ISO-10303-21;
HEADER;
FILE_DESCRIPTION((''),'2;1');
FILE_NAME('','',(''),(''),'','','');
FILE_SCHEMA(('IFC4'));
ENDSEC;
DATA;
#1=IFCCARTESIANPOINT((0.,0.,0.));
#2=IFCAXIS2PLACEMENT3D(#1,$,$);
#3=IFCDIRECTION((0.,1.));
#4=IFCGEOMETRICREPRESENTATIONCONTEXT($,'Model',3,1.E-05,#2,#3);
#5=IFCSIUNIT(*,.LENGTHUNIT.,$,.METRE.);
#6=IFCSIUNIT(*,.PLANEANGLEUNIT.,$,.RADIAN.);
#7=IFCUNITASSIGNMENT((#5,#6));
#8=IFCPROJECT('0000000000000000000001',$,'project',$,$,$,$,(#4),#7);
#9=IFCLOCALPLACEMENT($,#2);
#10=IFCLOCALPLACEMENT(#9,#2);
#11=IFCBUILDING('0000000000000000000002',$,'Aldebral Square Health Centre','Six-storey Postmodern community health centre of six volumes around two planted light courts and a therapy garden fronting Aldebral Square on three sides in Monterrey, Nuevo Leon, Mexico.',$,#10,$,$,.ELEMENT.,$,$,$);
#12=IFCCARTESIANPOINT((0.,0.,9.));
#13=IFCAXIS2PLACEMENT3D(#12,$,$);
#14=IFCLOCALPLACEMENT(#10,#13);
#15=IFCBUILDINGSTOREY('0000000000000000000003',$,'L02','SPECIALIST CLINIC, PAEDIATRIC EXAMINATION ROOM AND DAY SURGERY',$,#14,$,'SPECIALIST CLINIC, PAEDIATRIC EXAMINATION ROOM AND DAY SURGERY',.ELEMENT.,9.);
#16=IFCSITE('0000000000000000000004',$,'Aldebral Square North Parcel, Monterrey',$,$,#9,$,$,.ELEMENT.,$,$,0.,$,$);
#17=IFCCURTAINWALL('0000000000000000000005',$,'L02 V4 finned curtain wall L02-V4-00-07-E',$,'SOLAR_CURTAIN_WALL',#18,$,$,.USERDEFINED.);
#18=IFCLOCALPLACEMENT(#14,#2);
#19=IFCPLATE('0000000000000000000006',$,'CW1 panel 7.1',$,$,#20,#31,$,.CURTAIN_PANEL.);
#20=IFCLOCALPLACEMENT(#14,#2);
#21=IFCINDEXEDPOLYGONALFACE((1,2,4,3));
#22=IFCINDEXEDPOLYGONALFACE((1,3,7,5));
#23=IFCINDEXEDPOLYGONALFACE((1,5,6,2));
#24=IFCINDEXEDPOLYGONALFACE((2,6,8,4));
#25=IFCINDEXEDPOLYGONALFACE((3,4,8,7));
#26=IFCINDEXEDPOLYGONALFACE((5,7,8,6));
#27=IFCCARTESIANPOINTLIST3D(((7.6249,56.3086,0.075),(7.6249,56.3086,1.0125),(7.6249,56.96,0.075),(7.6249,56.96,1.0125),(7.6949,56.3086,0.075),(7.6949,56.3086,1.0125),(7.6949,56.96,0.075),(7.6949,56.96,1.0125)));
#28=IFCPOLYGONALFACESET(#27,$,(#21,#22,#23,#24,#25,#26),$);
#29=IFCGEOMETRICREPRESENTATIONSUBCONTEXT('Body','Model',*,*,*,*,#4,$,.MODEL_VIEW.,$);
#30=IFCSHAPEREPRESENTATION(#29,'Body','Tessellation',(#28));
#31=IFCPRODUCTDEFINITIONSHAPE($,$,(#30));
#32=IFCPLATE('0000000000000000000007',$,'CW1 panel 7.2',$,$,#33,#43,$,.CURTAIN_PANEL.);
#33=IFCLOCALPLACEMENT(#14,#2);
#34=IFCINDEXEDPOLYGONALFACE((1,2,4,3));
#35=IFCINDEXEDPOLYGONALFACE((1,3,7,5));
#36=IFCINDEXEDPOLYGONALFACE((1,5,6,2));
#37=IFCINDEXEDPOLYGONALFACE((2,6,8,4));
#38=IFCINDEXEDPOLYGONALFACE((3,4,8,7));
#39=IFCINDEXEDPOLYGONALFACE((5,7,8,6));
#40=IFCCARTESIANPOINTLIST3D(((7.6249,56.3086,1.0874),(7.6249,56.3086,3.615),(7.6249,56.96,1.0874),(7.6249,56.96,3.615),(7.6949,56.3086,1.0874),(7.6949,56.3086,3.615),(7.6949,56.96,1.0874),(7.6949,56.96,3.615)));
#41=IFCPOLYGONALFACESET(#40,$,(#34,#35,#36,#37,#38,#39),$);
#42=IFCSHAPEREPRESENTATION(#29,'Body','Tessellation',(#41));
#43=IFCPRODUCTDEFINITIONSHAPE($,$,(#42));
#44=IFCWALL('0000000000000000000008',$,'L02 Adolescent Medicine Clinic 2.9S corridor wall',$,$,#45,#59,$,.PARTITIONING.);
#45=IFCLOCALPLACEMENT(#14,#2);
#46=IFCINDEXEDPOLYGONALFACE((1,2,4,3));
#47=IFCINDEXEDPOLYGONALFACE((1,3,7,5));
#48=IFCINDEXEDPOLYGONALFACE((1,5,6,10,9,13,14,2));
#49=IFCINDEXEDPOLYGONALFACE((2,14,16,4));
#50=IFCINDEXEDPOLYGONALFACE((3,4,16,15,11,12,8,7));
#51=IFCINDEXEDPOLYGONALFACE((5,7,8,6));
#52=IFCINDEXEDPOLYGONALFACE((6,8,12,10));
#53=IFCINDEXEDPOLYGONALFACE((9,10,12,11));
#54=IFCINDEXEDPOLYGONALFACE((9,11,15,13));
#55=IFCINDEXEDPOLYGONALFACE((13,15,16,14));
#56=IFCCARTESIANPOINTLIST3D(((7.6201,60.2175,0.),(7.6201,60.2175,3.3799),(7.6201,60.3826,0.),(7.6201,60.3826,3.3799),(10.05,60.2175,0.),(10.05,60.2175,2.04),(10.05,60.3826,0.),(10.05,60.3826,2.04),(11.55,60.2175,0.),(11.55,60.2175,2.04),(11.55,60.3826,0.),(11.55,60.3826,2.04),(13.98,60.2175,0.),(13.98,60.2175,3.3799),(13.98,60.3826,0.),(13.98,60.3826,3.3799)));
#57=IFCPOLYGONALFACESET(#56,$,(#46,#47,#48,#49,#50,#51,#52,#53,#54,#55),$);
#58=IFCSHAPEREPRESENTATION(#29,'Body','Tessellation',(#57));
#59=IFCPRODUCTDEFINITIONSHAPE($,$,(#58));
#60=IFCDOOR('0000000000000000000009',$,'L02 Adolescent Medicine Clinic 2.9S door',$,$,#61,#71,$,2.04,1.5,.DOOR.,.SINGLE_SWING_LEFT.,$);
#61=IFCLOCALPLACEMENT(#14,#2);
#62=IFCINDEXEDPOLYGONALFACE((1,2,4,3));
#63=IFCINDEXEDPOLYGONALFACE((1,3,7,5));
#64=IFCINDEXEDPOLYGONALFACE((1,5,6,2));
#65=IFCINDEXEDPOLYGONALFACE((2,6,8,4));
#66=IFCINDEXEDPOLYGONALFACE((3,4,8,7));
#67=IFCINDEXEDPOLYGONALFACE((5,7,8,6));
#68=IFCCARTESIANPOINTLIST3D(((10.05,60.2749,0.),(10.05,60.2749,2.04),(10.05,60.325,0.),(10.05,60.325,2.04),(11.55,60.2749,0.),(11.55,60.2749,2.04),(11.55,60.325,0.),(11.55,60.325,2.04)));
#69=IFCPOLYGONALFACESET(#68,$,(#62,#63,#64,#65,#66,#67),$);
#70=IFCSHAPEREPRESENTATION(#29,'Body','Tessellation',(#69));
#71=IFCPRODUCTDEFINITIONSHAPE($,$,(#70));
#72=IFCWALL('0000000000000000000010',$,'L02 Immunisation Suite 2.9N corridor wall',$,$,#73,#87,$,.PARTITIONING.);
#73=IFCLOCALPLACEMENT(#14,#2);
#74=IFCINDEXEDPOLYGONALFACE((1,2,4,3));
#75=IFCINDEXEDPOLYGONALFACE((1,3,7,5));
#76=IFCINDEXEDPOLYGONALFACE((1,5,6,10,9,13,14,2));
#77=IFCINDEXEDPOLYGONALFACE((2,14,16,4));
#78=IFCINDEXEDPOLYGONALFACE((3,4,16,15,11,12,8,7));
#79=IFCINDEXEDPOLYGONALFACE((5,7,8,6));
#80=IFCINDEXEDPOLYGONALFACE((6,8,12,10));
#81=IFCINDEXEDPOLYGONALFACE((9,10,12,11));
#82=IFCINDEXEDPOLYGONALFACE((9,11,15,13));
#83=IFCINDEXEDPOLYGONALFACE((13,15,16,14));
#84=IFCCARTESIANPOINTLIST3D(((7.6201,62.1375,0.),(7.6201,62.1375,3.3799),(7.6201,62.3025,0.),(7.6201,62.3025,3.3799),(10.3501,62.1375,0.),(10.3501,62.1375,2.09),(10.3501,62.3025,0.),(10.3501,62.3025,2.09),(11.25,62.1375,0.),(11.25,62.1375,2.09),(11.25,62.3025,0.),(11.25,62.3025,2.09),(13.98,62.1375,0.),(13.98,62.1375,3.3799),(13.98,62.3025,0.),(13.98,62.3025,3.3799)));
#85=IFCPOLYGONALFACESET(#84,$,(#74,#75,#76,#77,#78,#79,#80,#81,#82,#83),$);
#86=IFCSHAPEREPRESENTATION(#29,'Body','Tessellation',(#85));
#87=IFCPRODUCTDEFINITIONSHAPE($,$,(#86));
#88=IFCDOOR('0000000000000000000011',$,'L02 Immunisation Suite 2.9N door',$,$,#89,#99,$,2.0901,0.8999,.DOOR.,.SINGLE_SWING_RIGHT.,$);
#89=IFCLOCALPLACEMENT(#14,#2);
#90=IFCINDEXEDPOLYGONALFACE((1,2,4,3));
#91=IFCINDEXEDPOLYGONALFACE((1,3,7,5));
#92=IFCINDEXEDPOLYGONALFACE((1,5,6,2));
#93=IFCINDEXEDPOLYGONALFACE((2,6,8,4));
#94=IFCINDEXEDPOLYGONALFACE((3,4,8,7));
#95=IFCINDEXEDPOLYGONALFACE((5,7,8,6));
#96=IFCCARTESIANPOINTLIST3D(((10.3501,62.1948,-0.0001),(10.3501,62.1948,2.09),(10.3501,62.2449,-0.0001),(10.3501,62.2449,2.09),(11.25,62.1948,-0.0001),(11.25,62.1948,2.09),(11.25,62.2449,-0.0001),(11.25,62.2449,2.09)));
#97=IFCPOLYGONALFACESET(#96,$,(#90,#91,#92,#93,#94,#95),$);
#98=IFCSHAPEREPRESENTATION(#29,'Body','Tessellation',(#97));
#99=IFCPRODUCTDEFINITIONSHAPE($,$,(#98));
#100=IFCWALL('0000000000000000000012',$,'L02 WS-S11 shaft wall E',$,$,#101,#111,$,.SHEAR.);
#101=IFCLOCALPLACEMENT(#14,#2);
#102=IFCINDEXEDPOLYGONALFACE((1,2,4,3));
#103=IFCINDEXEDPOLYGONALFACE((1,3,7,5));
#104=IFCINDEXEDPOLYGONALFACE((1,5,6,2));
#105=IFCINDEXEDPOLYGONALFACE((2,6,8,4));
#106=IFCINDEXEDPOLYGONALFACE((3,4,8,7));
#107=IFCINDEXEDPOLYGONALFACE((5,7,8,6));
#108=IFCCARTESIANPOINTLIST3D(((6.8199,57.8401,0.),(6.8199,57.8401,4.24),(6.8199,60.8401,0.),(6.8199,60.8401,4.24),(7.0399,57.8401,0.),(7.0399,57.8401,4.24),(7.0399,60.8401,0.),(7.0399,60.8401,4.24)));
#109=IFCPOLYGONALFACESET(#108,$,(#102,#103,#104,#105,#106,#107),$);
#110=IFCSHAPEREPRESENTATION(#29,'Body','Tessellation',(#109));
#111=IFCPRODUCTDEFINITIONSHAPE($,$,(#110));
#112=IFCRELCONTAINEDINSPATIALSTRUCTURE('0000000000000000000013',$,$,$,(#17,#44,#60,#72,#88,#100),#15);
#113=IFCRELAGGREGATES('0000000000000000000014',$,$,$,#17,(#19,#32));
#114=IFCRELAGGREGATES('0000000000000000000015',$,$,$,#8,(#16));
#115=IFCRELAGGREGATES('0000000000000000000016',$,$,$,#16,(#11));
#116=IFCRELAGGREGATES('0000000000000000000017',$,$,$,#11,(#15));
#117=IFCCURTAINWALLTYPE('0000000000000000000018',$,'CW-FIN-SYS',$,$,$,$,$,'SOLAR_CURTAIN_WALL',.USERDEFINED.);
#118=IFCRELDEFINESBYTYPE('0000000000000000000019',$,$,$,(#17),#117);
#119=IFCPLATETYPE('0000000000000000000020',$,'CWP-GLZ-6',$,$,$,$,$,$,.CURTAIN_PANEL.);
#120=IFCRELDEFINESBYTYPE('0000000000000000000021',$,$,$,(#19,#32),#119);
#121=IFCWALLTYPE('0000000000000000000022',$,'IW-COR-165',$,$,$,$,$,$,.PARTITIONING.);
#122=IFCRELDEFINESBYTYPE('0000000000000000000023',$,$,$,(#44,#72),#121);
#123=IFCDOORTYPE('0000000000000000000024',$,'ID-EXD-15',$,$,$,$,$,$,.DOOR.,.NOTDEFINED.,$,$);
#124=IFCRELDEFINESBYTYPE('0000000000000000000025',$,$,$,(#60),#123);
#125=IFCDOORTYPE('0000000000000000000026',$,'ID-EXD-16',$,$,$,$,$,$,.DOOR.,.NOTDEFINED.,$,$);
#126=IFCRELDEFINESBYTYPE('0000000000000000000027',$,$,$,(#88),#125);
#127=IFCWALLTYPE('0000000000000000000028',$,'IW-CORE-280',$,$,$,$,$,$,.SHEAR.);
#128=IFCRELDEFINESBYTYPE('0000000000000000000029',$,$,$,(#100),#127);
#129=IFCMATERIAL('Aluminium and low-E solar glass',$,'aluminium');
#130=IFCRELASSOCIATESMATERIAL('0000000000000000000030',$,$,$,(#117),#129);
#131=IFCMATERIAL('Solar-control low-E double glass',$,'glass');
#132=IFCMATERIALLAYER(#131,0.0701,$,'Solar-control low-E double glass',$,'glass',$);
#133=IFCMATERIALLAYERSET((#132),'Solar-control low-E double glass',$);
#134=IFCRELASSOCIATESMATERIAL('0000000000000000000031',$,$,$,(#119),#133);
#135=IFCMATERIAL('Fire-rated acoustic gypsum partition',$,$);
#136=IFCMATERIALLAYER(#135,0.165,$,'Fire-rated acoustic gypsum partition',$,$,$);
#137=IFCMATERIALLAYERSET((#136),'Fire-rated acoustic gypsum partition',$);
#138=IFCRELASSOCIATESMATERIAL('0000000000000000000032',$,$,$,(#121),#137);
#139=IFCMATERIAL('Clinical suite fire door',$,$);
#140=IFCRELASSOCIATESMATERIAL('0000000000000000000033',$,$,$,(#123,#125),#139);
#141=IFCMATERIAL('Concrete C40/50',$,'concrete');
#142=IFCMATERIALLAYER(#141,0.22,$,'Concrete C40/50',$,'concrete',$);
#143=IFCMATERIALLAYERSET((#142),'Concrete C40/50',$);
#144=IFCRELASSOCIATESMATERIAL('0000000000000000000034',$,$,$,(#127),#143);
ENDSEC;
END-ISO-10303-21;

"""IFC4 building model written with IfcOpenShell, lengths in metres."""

from ifc_helpers import new_model, si_unit, direction, frame, frame_2d, origin, origin_2d, place, context, subcontext, project, spatial, rectangle, extrude, material, layer, layer_set, type_object, element, fill, aggregate, save


model = new_model("IFC4")

# Units and contexts
model_context = context("Model", 3, precision=1e-05, world=origin(), true_north=direction((0.0, 1.0)))
body_context = subcontext(model_context, "Body", "Model", "MODEL_VIEW")
ifc_project = project(units=[si_unit("LENGTHUNIT", "METRE"), si_unit("PLANEANGLEUNIT", "RADIAN")], contexts=[model_context])

# Site, building, storey
site_placement = place(None, origin())
site = spatial("IfcSite", under=ifc_project, at=site_placement, Name="Aldebral Square North Parcel, Monterrey", CompositionType="ELEMENT", RefElevation=0.0)
building_placement = place(site_placement, origin())
building = spatial("IfcBuilding", under=site, at=building_placement, Name="Aldebral Square Health Centre", Description="Six-storey Postmodern community health centre of six volumes around two planted light courts and a therapy garden fronting Aldebral Square on three sides in Monterrey, Nuevo Leon, Mexico.", CompositionType="ELEMENT")
storey_placement = place(building_placement, frame((0.0, 0.0, 9.0)))
storey = spatial("IfcBuildingStorey", under=building, at=storey_placement, Name="L02", Description="SPECIALIST CLINIC, PAEDIATRIC EXAMINATION ROOM AND DAY SURGERY", LongName="SPECIALIST CLINIC, PAEDIATRIC EXAMINATION ROOM AND DAY SURGERY", CompositionType="ELEMENT", Elevation=9.0)

# Shared definitions
ifc_material_1 = material(Name="Concrete C40/50", Category="concrete")

# Curtain wall
ifc_material_2 = material(Name="Aluminium and low-E solar glass", Category="aluminium")
curtain_wall_type = type_object("IfcCurtainWallType", Name="CW-FIN-SYS", ElementType="SOLAR_CURTAIN_WALL", PredefinedType="USERDEFINED", material=ifc_material_2)
curtain_wall_1_placement = place(storey_placement, origin())
curtain_wall_1 = element("IfcCurtainWall", 1, at=curtain_wall_1_placement, inside=storey, type_object=curtain_wall_type, Name="L02 V4 finned curtain wall L02-V4-00-07-E", ObjectType="SOLAR_CURTAIN_WALL", PredefinedType="USERDEFINED")

# Plates
ifc_material_3 = material(Name="Solar-control low-E double glass", Category="glass")
ifc_layer_1 = layer(ifc_material_3, 0.0701, Name="Solar-control low-E double glass", Category="glass")
ifc_layer_set_1 = layer_set([ifc_layer_1], Name="Solar-control low-E double glass")
plate_type = type_object("IfcPlateType", Name="CWP-GLZ-6", PredefinedType="CURTAIN_PANEL", material=ifc_layer_set_1)
plate_1_placement = place(storey_placement, frame((7.6599, 56.6343, 0.075), z_axis=(0.0, 0.0, 1.0), x_axis=(0.0, 1.0, 0.0)))
plate_1 = element("IfcPlate", 2, at=plate_1_placement, type_object=plate_type, Name="CW1 panel 7.1", PredefinedType="CURTAIN_PANEL", context=body_context, shape_type="SweptSolid", body=[
    extrude(rectangle(XDim=0.6514, YDim=0.0701, at=origin_2d()), origin(), (0.0, 0.0, 1.0), 0.9375),
])
plate_2_placement = place(storey_placement, frame((7.6599, 56.6343, 1.0874), z_axis=(0.0, 0.0, 1.0), x_axis=(0.0, 1.0, 0.0)))
plate_2 = element("IfcPlate", 3, at=plate_2_placement, type_object=plate_type, Name="CW1 panel 7.2", PredefinedType="CURTAIN_PANEL", context=body_context, shape_type="SweptSolid", body=[
    extrude(rectangle(XDim=0.6514, YDim=0.0701, at=origin_2d()), origin(), (0.0, 0.0, 1.0), 2.5276),
])
aggregate(curtain_wall_1, [plate_1, plate_2])

# Walls, openings, doors
ifc_material_4 = material(Name="Fire-rated acoustic gypsum partition")
ifc_layer_2 = layer(ifc_material_4, 0.165, Name="Fire-rated acoustic gypsum partition")
ifc_layer_set_2 = layer_set([ifc_layer_2], Name="Fire-rated acoustic gypsum partition")
wall_type_1 = type_object("IfcWallType", Name="IW-COR-165", PredefinedType="PARTITIONING", material=ifc_layer_set_2)
wall_1_placement = place(storey_placement, frame((7.6201, 60.3, 0.0), z_axis=(0.0, 0.0, 1.0), x_axis=(1.0, 0.0, 0.0)))
wall_1 = element("IfcWall", 4, at=wall_1_placement, inside=storey, type_object=wall_type_1, Name="L02 Adolescent Medicine Clinic 2.9S corridor wall", PredefinedType="PARTITIONING", context=body_context, shape_type="SweptSolid", body=[
    extrude(rectangle(XDim=6.3599, YDim=0.165, at=frame_2d((3.1799, 0.0))), origin(), (0.0, 0.0, 1.0), 3.3799),
])
opening_1_placement = place(wall_1_placement, frame((2.4299, 0.0, 0.0)))
opening_1 = element("IfcOpeningElement", 5, at=opening_1_placement, cuts=wall_1, PredefinedType="OPENING", context=body_context, shape_type="SweptSolid", body=[
    extrude(rectangle(XDim=1.5, YDim=2.04, at=frame_2d((0.75, 1.02))), frame((0.0, 0.0925, 0.0), z_axis=(0.0, -1.0, 0.0), x_axis=(1.0, 0.0, 0.0)), (0.0, 0.0, 1.0), 0.1851),
])
ifc_material_5 = material(Name="Clinical suite fire door")
door_type_1 = type_object("IfcDoorType", Name="ID-EXD-15", OperationType="NOTDEFINED", PredefinedType="DOOR", material=ifc_material_5)
door_1_placement = place(opening_1_placement, origin())
door_1 = element("IfcDoor", 6, at=door_1_placement, inside=storey, type_object=door_type_1, Name="L02 Adolescent Medicine Clinic 2.9S door", OperationType="SINGLE_SWING_LEFT", OverallHeight=2.04, OverallWidth=1.5, PredefinedType="DOOR", context=body_context, shape_type="SweptSolid", body=[
    extrude(rectangle(XDim=1.5, YDim=2.04, at=frame_2d((0.75, 1.02))), frame((0.0, 0.0249, 0.0), z_axis=(0.0, -1.0, 0.0), x_axis=(1.0, 0.0, 0.0)), (0.0, 0.0, 1.0), 0.05),
])
fill(opening_1, door_1)
wall_2_placement = place(storey_placement, frame((7.6201, 62.22, 0.0), z_axis=(0.0, 0.0, 1.0), x_axis=(1.0, 0.0, 0.0)))
wall_2 = element("IfcWall", 7, at=wall_2_placement, inside=storey, type_object=wall_type_1, Name="L02 Immunisation Suite 2.9N corridor wall", PredefinedType="PARTITIONING", context=body_context, shape_type="SweptSolid", body=[
    extrude(rectangle(XDim=6.3599, YDim=0.165, at=frame_2d((3.1799, 0.0))), origin(), (0.0, 0.0, 1.0), 3.3799),
])
opening_2_placement = place(wall_2_placement, frame((2.73, 0.0, 0.0)))
opening_2 = element("IfcOpeningElement", 8, at=opening_2_placement, cuts=wall_2, PredefinedType="OPENING", context=body_context, shape_type="SweptSolid", body=[
    extrude(rectangle(XDim=0.8999, YDim=2.0901, at=frame_2d((0.45, 1.0449))), frame((0.0, 0.0925, 0.0), z_axis=(0.0, -1.0, 0.0), x_axis=(1.0, 0.0, 0.0)), (0.0, 0.0, 1.0), 0.1851),
])
door_type_2 = type_object("IfcDoorType", Name="ID-EXD-16", OperationType="NOTDEFINED", PredefinedType="DOOR", material=ifc_material_5)
door_2_placement = place(opening_2_placement, origin())
door_2 = element("IfcDoor", 9, at=door_2_placement, inside=storey, type_object=door_type_2, Name="L02 Immunisation Suite 2.9N door", OperationType="SINGLE_SWING_RIGHT", OverallHeight=2.0901, OverallWidth=0.8999, PredefinedType="DOOR", context=body_context, shape_type="SweptSolid", body=[
    extrude(rectangle(XDim=0.8999, YDim=2.0901, at=frame_2d((0.45, 1.0449))), frame((0.0, 0.0249, 0.0), z_axis=(0.0, -1.0, 0.0), x_axis=(1.0, 0.0, 0.0)), (0.0, 0.0, 1.0), 0.05),
])
fill(opening_2, door_2)

# Wall
ifc_layer_3 = layer(ifc_material_1, 0.22, Name="Concrete C40/50", Category="concrete")
ifc_layer_set_3 = layer_set([ifc_layer_3], Name="Concrete C40/50")
wall_type_2 = type_object("IfcWallType", Name="IW-CORE-280", PredefinedType="SHEAR", material=ifc_layer_set_3)
wall_3_placement = place(storey_placement, frame((6.9299, 57.8401, 0.0), z_axis=(0.0, 0.0, 1.0), x_axis=(0.0, 1.0, 0.0)))
element("IfcWall", 10, at=wall_3_placement, inside=storey, type_object=wall_type_2, Name="L02 WS-S11 shaft wall E", PredefinedType="SHEAR", context=body_context, shape_type="SweptSolid", body=[
    extrude(rectangle(XDim=3.0, YDim=0.22, at=frame_2d((1.5, 0.0))), origin(), (0.0, 0.0, 1.0), 4.24),
])

save(model, "model.ifc")
